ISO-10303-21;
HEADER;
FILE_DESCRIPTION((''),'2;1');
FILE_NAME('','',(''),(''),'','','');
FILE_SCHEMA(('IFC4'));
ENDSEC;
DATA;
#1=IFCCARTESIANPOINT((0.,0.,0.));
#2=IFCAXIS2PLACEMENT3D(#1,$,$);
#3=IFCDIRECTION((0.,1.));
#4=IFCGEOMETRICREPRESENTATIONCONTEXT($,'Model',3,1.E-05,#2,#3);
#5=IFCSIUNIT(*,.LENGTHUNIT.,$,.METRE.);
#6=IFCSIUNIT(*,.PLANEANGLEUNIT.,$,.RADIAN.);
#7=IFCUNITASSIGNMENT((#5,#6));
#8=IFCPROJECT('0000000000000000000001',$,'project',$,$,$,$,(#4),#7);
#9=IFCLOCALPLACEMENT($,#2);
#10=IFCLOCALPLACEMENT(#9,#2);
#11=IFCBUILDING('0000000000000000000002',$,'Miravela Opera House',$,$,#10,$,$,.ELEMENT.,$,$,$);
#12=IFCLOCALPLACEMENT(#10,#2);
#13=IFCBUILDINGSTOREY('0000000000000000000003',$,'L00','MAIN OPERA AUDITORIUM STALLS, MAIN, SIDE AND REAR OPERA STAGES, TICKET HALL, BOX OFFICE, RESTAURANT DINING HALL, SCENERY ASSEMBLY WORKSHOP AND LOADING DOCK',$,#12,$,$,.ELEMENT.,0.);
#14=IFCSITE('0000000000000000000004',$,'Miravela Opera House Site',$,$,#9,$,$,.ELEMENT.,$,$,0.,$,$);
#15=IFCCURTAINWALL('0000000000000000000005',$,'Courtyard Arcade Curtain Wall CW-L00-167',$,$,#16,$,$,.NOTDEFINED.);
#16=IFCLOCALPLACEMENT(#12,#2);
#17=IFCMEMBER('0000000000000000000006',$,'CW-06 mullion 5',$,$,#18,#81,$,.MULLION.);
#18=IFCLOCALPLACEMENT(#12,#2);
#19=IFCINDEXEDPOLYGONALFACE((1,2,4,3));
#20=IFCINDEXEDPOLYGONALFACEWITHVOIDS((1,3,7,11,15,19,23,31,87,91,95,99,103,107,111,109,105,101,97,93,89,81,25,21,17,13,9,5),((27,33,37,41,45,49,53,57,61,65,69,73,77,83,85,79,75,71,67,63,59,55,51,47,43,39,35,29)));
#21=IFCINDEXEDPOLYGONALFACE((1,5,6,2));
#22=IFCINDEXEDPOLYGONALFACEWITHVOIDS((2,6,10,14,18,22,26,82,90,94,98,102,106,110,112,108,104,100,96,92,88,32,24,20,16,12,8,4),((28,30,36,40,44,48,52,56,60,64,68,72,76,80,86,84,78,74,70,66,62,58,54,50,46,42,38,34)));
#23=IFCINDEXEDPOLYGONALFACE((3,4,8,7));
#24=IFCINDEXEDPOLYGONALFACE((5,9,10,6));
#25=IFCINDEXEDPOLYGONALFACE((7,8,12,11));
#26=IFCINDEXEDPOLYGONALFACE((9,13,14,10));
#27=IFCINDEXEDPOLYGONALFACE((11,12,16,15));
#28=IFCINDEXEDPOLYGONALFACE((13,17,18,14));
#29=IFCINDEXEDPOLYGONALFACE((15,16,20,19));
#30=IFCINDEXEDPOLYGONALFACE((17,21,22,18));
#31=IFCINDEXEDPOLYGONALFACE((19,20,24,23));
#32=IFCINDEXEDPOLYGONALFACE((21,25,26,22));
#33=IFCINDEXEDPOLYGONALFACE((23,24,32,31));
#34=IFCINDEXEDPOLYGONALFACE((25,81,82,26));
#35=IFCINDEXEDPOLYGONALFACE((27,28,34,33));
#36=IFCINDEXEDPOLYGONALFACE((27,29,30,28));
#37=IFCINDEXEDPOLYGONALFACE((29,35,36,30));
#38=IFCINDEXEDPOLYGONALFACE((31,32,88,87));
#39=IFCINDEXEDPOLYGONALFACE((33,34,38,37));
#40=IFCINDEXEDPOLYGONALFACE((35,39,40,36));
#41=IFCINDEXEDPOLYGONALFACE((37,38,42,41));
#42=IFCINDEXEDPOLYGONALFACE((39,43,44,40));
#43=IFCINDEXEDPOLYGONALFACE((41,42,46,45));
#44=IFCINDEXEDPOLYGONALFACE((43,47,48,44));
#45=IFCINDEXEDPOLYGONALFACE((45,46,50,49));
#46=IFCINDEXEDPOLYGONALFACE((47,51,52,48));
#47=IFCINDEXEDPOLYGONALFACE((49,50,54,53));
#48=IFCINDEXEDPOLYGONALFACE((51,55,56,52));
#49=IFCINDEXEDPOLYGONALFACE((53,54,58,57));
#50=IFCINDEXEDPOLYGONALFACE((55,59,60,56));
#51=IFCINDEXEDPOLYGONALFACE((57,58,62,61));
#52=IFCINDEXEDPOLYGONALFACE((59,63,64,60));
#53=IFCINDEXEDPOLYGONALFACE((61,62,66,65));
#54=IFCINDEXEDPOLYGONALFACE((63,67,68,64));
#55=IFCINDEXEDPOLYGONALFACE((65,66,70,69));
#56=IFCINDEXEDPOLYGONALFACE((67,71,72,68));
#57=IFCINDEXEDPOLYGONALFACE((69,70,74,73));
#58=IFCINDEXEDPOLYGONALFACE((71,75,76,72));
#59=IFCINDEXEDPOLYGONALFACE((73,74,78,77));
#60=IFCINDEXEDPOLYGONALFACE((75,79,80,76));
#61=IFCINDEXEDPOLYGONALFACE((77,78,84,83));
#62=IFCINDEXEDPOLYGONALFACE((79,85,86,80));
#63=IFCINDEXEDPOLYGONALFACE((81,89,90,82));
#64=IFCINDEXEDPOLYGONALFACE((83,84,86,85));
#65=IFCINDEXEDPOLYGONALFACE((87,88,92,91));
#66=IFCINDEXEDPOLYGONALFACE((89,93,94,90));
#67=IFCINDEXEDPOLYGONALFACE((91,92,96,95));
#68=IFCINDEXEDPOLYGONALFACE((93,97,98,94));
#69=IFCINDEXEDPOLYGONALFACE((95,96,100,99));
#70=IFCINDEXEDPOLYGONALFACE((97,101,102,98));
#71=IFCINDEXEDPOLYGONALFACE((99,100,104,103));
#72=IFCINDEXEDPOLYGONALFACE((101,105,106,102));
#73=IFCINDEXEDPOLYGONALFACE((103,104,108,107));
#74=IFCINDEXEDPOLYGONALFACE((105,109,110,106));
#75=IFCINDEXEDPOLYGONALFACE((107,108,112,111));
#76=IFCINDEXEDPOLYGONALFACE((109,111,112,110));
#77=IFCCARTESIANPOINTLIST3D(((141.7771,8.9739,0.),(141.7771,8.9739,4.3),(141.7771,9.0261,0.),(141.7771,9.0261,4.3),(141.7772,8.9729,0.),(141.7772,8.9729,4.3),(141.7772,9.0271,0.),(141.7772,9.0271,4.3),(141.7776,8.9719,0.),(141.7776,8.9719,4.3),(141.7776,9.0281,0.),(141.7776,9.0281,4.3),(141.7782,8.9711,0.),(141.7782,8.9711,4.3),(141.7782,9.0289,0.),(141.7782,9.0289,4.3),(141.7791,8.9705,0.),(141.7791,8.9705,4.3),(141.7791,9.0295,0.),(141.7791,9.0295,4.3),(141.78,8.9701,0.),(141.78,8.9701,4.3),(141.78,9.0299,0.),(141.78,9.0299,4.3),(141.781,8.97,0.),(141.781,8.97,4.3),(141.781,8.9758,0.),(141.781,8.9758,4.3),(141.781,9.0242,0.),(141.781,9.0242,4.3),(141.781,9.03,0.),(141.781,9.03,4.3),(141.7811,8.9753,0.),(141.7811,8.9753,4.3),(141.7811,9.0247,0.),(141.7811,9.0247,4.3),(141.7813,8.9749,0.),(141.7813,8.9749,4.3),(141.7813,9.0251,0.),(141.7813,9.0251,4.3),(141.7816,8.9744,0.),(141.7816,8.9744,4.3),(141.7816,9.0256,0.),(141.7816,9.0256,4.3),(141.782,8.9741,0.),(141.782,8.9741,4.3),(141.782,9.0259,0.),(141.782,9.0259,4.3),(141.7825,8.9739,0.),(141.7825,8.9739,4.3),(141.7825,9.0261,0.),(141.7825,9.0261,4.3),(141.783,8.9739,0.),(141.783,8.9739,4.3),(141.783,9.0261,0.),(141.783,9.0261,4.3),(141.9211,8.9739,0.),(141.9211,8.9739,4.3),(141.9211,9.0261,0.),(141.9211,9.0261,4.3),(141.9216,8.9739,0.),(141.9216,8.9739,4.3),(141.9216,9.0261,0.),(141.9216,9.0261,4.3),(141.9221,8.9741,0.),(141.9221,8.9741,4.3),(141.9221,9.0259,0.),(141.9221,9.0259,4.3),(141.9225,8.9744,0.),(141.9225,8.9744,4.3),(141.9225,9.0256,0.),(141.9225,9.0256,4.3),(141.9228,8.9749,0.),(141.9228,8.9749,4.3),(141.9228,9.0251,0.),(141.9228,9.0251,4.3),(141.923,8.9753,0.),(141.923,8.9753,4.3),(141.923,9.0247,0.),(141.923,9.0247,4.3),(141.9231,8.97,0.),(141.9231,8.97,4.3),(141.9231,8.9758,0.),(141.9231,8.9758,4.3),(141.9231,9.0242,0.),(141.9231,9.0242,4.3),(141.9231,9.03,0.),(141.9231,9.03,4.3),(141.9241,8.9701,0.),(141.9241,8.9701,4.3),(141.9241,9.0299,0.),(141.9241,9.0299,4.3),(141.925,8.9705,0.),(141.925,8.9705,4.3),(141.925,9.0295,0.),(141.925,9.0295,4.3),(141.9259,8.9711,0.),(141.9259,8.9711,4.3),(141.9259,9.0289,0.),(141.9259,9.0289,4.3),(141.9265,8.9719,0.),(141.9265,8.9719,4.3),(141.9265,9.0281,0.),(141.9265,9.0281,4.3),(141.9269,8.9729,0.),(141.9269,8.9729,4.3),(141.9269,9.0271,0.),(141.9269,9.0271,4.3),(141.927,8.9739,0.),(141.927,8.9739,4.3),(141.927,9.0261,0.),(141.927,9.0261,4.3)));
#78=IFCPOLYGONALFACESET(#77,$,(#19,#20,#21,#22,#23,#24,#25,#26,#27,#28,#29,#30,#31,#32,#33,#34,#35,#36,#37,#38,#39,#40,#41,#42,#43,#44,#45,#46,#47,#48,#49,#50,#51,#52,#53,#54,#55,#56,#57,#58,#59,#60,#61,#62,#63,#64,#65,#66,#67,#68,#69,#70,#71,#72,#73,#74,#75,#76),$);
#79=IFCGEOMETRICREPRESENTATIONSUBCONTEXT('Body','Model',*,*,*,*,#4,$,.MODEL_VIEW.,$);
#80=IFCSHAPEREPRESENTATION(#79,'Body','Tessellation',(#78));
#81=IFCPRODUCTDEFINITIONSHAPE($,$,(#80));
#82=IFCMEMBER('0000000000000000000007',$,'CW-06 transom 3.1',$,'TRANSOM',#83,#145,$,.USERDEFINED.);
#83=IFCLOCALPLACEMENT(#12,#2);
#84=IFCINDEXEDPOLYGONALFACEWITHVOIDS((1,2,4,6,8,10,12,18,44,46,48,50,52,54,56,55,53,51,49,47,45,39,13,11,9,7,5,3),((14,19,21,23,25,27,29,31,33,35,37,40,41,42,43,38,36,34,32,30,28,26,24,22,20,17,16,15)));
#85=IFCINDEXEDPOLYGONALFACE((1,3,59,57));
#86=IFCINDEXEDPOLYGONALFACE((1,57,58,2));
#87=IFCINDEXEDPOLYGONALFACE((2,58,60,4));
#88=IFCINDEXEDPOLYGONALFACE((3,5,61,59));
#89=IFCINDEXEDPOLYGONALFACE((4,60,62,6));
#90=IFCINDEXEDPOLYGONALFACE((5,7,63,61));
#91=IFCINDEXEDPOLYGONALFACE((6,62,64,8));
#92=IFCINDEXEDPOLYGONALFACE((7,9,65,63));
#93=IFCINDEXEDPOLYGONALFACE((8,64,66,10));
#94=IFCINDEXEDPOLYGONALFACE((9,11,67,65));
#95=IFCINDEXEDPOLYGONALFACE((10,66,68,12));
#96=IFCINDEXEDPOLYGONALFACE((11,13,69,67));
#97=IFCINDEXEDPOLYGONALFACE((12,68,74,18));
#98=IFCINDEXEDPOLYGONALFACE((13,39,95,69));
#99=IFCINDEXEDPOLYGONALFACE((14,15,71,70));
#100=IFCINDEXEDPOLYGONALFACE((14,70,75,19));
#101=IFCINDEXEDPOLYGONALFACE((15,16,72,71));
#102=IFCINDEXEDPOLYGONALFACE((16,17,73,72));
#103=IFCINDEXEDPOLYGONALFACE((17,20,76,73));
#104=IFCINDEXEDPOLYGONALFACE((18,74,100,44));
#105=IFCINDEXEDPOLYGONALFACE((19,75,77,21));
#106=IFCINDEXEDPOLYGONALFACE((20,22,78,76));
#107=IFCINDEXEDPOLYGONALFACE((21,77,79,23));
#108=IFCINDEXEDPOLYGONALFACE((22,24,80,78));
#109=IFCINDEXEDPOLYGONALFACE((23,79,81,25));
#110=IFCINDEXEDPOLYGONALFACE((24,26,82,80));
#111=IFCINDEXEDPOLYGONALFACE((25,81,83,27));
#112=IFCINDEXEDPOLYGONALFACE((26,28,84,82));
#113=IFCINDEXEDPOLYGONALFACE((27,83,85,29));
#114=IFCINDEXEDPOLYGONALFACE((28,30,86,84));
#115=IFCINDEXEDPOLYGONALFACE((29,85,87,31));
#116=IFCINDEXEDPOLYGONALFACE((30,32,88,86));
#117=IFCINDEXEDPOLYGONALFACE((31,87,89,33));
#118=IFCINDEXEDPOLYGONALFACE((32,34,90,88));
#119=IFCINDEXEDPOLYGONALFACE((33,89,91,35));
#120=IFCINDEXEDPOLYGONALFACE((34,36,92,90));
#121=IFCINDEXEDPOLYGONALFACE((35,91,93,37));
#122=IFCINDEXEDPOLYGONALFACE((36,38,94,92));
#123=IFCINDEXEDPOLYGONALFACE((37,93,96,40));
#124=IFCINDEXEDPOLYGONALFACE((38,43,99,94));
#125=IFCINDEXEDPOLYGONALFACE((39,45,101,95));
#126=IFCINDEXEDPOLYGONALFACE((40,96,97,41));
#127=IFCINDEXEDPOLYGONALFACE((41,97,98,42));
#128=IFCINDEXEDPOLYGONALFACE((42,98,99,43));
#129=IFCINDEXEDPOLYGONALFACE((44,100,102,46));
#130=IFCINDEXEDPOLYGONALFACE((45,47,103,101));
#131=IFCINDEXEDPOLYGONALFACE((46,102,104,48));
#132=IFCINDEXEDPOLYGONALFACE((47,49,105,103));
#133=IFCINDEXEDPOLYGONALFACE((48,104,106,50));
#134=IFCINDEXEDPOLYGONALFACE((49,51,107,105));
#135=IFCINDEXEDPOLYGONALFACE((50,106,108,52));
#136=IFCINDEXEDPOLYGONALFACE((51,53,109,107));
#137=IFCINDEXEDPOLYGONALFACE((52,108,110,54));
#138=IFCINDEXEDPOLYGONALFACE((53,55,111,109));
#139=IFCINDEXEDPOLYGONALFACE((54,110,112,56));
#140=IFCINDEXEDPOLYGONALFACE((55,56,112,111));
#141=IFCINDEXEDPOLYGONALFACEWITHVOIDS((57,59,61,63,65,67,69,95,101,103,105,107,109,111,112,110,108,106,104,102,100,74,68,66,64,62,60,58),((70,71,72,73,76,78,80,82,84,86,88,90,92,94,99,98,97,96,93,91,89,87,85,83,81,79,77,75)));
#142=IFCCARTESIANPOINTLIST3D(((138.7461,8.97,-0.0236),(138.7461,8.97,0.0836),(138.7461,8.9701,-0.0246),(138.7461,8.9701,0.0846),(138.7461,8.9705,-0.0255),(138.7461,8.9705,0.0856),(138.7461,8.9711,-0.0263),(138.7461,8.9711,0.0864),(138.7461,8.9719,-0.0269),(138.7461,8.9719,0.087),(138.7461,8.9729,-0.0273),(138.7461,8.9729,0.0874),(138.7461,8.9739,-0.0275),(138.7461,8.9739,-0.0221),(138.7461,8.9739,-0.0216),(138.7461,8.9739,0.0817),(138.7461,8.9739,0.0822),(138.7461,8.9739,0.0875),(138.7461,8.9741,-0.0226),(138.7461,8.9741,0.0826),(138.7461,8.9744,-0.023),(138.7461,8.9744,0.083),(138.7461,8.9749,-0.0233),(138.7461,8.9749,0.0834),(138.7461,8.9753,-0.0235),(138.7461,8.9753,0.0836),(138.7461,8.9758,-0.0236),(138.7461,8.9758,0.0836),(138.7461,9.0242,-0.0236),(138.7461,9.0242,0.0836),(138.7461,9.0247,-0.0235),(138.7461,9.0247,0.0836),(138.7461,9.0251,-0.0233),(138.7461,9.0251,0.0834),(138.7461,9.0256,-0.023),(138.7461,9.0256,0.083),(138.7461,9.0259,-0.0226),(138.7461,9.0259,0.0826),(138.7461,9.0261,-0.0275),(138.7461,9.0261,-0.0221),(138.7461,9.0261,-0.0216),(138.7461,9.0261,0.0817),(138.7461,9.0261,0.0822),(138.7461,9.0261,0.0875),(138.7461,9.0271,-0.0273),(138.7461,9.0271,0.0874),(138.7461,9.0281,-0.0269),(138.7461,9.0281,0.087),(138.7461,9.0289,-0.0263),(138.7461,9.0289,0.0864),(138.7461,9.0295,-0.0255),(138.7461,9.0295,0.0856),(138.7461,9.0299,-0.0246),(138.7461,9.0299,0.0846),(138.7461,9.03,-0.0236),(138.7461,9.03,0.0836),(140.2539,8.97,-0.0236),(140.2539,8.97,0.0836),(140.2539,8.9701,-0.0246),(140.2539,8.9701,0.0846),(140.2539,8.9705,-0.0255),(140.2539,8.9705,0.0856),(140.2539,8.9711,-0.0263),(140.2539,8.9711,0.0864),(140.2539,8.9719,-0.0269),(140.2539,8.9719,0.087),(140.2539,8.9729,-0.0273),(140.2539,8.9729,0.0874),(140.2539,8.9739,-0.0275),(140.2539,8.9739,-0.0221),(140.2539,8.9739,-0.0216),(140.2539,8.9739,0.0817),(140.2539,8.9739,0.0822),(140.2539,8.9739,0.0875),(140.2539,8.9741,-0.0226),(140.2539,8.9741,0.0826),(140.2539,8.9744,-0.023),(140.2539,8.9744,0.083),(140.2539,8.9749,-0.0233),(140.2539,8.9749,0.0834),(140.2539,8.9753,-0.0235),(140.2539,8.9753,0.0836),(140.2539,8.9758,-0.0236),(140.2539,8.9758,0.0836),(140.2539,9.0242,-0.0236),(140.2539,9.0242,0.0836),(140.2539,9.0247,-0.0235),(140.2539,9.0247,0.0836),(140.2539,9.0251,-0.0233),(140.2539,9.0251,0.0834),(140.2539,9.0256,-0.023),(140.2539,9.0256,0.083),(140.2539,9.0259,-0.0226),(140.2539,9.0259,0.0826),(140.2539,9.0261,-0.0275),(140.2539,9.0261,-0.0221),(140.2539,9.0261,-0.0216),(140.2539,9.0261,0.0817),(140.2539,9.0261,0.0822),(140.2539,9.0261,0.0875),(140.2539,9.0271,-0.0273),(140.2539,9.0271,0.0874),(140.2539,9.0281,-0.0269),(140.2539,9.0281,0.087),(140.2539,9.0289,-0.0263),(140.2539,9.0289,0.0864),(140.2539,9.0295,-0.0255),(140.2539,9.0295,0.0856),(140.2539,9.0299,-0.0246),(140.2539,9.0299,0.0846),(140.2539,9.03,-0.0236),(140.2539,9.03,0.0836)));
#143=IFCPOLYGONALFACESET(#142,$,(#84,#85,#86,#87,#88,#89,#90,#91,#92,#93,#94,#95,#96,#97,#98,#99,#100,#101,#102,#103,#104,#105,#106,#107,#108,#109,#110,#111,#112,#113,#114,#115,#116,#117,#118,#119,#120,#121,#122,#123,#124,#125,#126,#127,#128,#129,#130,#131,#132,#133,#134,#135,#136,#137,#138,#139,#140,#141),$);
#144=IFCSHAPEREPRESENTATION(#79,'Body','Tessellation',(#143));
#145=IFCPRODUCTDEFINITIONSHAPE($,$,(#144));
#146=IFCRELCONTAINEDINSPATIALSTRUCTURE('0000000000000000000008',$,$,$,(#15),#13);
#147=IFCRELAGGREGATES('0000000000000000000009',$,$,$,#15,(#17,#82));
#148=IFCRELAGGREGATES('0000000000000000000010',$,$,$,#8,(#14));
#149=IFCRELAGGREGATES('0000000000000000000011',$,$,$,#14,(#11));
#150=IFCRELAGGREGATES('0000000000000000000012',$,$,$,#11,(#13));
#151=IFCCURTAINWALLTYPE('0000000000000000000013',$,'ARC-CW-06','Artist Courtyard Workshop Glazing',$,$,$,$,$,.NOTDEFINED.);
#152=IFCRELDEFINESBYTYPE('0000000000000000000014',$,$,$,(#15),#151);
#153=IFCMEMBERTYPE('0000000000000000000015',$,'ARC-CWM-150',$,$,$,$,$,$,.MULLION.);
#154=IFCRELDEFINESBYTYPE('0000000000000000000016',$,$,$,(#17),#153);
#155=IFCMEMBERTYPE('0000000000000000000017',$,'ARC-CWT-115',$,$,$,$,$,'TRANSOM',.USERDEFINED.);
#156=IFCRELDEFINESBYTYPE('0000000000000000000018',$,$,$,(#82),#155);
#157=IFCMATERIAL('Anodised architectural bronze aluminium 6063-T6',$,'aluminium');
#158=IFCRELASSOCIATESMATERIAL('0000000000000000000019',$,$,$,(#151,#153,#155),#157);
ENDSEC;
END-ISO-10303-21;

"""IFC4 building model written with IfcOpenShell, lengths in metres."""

from ifc_helpers import new_model, si_unit, direction, frame, origin, origin_2d, place, context, subcontext, project, spatial, hollow_rectangle, extrude, material, material_profile, profile_set, type_object, element, aggregate, save


model = new_model("IFC4")

# Units and contexts
model_context = context("Model", 3, precision=1e-05, world=origin(), true_north=direction((0.0, 1.0)))
body_context = subcontext(model_context, "Body", "Model", "MODEL_VIEW")
ifc_project = project(units=[si_unit("LENGTHUNIT", "METRE"), si_unit("PLANEANGLEUNIT", "RADIAN")], contexts=[model_context])

# Site, building, storey
site_placement = place(None, origin())
site = spatial("IfcSite", under=ifc_project, at=site_placement, Name="Miravela Opera House Site", CompositionType="ELEMENT", RefElevation=0.0)
building_placement = place(site_placement, origin())
building = spatial("IfcBuilding", under=site, at=building_placement, Name="Miravela Opera House", CompositionType="ELEMENT")
storey_placement = place(building_placement, origin())
storey = spatial("IfcBuildingStorey", under=building, at=storey_placement, Name="L00", Description="MAIN OPERA AUDITORIUM STALLS, MAIN, SIDE AND REAR OPERA STAGES, TICKET HALL, BOX OFFICE, RESTAURANT DINING HALL, SCENERY ASSEMBLY WORKSHOP AND LOADING DOCK", CompositionType="ELEMENT", Elevation=0.0)

# Curtain wall, members
ifc_material_1 = material(Name="Anodised architectural bronze aluminium 6063-T6", Category="aluminium")
curtain_wall_type = type_object("IfcCurtainWallType", Name="ARC-CW-06", Description="Artist Courtyard Workshop Glazing", PredefinedType="NOTDEFINED", material=ifc_material_1)
curtain_wall_placement = place(storey_placement, origin())
curtain_wall = element("IfcCurtainWall", 1, at=curtain_wall_placement, inside=storey, type_object=curtain_wall_type, Name="Courtyard Arcade Curtain Wall CW-L00-167", PredefinedType="NOTDEFINED")
ifc_material_profile_1 = material_profile(ifc_material_1, hollow_rectangle(XDim=0.0601, YDim=0.1499, WallThickness=0.0039, InnerFilletRadius=0.002, OuterFilletRadius=0.0039, at=origin_2d()), Name="CWM-60X150")
ifc_profile_set_1 = profile_set([ifc_material_profile_1])
member_type_1 = type_object("IfcMemberType", Name="ARC-CWM-150", PredefinedType="MULLION", material=ifc_profile_set_1)
member_1_placement = place(storey_placement, frame((141.8521, 9.0, 0.0), z_axis=(0.0, 0.0, 1.0), x_axis=(0.0, 1.0, 0.0)))
member_1 = element("IfcMember", 2, at=member_1_placement, type_object=member_type_1, Name="CW-06 mullion 5", PredefinedType="MULLION", context=body_context, shape_type="SweptSolid", body=[
    extrude(hollow_rectangle(XDim=0.0601, YDim=0.1499, WallThickness=0.0039, InnerFilletRadius=0.002, OuterFilletRadius=0.0039, at=origin_2d()), origin(), (0.0, 0.0, 1.0), 4.3),
])
ifc_material_profile_2 = material_profile(ifc_material_1, hollow_rectangle(XDim=0.0601, YDim=0.115, WallThickness=0.0039, InnerFilletRadius=0.002, OuterFilletRadius=0.0039, at=origin_2d()), Name="CWT-60X115")
ifc_profile_set_2 = profile_set([ifc_material_profile_2])
member_type_2 = type_object("IfcMemberType", Name="ARC-CWT-115", ElementType="TRANSOM", PredefinedType="USERDEFINED", material=ifc_profile_set_2)
member_2_placement = place(storey_placement, frame((138.7461, 9.0, 0.03), z_axis=(1.0, 0.0, 0.0), x_axis=(0.0, 1.0, 0.0)))
member_2 = element("IfcMember", 3, at=member_2_placement, type_object=member_type_2, Name="CW-06 transom 3.1", ObjectType="TRANSOM", PredefinedType="USERDEFINED", context=body_context, shape_type="SweptSolid", body=[
    extrude(hollow_rectangle(XDim=0.0601, YDim=0.115, WallThickness=0.0039, InnerFilletRadius=0.002, OuterFilletRadius=0.0039, at=origin_2d()), origin(), (0.0, 0.0, 1.0), 1.5078),
])
aggregate(curtain_wall, [member_1, member_2])

save(model, "model.ifc")
